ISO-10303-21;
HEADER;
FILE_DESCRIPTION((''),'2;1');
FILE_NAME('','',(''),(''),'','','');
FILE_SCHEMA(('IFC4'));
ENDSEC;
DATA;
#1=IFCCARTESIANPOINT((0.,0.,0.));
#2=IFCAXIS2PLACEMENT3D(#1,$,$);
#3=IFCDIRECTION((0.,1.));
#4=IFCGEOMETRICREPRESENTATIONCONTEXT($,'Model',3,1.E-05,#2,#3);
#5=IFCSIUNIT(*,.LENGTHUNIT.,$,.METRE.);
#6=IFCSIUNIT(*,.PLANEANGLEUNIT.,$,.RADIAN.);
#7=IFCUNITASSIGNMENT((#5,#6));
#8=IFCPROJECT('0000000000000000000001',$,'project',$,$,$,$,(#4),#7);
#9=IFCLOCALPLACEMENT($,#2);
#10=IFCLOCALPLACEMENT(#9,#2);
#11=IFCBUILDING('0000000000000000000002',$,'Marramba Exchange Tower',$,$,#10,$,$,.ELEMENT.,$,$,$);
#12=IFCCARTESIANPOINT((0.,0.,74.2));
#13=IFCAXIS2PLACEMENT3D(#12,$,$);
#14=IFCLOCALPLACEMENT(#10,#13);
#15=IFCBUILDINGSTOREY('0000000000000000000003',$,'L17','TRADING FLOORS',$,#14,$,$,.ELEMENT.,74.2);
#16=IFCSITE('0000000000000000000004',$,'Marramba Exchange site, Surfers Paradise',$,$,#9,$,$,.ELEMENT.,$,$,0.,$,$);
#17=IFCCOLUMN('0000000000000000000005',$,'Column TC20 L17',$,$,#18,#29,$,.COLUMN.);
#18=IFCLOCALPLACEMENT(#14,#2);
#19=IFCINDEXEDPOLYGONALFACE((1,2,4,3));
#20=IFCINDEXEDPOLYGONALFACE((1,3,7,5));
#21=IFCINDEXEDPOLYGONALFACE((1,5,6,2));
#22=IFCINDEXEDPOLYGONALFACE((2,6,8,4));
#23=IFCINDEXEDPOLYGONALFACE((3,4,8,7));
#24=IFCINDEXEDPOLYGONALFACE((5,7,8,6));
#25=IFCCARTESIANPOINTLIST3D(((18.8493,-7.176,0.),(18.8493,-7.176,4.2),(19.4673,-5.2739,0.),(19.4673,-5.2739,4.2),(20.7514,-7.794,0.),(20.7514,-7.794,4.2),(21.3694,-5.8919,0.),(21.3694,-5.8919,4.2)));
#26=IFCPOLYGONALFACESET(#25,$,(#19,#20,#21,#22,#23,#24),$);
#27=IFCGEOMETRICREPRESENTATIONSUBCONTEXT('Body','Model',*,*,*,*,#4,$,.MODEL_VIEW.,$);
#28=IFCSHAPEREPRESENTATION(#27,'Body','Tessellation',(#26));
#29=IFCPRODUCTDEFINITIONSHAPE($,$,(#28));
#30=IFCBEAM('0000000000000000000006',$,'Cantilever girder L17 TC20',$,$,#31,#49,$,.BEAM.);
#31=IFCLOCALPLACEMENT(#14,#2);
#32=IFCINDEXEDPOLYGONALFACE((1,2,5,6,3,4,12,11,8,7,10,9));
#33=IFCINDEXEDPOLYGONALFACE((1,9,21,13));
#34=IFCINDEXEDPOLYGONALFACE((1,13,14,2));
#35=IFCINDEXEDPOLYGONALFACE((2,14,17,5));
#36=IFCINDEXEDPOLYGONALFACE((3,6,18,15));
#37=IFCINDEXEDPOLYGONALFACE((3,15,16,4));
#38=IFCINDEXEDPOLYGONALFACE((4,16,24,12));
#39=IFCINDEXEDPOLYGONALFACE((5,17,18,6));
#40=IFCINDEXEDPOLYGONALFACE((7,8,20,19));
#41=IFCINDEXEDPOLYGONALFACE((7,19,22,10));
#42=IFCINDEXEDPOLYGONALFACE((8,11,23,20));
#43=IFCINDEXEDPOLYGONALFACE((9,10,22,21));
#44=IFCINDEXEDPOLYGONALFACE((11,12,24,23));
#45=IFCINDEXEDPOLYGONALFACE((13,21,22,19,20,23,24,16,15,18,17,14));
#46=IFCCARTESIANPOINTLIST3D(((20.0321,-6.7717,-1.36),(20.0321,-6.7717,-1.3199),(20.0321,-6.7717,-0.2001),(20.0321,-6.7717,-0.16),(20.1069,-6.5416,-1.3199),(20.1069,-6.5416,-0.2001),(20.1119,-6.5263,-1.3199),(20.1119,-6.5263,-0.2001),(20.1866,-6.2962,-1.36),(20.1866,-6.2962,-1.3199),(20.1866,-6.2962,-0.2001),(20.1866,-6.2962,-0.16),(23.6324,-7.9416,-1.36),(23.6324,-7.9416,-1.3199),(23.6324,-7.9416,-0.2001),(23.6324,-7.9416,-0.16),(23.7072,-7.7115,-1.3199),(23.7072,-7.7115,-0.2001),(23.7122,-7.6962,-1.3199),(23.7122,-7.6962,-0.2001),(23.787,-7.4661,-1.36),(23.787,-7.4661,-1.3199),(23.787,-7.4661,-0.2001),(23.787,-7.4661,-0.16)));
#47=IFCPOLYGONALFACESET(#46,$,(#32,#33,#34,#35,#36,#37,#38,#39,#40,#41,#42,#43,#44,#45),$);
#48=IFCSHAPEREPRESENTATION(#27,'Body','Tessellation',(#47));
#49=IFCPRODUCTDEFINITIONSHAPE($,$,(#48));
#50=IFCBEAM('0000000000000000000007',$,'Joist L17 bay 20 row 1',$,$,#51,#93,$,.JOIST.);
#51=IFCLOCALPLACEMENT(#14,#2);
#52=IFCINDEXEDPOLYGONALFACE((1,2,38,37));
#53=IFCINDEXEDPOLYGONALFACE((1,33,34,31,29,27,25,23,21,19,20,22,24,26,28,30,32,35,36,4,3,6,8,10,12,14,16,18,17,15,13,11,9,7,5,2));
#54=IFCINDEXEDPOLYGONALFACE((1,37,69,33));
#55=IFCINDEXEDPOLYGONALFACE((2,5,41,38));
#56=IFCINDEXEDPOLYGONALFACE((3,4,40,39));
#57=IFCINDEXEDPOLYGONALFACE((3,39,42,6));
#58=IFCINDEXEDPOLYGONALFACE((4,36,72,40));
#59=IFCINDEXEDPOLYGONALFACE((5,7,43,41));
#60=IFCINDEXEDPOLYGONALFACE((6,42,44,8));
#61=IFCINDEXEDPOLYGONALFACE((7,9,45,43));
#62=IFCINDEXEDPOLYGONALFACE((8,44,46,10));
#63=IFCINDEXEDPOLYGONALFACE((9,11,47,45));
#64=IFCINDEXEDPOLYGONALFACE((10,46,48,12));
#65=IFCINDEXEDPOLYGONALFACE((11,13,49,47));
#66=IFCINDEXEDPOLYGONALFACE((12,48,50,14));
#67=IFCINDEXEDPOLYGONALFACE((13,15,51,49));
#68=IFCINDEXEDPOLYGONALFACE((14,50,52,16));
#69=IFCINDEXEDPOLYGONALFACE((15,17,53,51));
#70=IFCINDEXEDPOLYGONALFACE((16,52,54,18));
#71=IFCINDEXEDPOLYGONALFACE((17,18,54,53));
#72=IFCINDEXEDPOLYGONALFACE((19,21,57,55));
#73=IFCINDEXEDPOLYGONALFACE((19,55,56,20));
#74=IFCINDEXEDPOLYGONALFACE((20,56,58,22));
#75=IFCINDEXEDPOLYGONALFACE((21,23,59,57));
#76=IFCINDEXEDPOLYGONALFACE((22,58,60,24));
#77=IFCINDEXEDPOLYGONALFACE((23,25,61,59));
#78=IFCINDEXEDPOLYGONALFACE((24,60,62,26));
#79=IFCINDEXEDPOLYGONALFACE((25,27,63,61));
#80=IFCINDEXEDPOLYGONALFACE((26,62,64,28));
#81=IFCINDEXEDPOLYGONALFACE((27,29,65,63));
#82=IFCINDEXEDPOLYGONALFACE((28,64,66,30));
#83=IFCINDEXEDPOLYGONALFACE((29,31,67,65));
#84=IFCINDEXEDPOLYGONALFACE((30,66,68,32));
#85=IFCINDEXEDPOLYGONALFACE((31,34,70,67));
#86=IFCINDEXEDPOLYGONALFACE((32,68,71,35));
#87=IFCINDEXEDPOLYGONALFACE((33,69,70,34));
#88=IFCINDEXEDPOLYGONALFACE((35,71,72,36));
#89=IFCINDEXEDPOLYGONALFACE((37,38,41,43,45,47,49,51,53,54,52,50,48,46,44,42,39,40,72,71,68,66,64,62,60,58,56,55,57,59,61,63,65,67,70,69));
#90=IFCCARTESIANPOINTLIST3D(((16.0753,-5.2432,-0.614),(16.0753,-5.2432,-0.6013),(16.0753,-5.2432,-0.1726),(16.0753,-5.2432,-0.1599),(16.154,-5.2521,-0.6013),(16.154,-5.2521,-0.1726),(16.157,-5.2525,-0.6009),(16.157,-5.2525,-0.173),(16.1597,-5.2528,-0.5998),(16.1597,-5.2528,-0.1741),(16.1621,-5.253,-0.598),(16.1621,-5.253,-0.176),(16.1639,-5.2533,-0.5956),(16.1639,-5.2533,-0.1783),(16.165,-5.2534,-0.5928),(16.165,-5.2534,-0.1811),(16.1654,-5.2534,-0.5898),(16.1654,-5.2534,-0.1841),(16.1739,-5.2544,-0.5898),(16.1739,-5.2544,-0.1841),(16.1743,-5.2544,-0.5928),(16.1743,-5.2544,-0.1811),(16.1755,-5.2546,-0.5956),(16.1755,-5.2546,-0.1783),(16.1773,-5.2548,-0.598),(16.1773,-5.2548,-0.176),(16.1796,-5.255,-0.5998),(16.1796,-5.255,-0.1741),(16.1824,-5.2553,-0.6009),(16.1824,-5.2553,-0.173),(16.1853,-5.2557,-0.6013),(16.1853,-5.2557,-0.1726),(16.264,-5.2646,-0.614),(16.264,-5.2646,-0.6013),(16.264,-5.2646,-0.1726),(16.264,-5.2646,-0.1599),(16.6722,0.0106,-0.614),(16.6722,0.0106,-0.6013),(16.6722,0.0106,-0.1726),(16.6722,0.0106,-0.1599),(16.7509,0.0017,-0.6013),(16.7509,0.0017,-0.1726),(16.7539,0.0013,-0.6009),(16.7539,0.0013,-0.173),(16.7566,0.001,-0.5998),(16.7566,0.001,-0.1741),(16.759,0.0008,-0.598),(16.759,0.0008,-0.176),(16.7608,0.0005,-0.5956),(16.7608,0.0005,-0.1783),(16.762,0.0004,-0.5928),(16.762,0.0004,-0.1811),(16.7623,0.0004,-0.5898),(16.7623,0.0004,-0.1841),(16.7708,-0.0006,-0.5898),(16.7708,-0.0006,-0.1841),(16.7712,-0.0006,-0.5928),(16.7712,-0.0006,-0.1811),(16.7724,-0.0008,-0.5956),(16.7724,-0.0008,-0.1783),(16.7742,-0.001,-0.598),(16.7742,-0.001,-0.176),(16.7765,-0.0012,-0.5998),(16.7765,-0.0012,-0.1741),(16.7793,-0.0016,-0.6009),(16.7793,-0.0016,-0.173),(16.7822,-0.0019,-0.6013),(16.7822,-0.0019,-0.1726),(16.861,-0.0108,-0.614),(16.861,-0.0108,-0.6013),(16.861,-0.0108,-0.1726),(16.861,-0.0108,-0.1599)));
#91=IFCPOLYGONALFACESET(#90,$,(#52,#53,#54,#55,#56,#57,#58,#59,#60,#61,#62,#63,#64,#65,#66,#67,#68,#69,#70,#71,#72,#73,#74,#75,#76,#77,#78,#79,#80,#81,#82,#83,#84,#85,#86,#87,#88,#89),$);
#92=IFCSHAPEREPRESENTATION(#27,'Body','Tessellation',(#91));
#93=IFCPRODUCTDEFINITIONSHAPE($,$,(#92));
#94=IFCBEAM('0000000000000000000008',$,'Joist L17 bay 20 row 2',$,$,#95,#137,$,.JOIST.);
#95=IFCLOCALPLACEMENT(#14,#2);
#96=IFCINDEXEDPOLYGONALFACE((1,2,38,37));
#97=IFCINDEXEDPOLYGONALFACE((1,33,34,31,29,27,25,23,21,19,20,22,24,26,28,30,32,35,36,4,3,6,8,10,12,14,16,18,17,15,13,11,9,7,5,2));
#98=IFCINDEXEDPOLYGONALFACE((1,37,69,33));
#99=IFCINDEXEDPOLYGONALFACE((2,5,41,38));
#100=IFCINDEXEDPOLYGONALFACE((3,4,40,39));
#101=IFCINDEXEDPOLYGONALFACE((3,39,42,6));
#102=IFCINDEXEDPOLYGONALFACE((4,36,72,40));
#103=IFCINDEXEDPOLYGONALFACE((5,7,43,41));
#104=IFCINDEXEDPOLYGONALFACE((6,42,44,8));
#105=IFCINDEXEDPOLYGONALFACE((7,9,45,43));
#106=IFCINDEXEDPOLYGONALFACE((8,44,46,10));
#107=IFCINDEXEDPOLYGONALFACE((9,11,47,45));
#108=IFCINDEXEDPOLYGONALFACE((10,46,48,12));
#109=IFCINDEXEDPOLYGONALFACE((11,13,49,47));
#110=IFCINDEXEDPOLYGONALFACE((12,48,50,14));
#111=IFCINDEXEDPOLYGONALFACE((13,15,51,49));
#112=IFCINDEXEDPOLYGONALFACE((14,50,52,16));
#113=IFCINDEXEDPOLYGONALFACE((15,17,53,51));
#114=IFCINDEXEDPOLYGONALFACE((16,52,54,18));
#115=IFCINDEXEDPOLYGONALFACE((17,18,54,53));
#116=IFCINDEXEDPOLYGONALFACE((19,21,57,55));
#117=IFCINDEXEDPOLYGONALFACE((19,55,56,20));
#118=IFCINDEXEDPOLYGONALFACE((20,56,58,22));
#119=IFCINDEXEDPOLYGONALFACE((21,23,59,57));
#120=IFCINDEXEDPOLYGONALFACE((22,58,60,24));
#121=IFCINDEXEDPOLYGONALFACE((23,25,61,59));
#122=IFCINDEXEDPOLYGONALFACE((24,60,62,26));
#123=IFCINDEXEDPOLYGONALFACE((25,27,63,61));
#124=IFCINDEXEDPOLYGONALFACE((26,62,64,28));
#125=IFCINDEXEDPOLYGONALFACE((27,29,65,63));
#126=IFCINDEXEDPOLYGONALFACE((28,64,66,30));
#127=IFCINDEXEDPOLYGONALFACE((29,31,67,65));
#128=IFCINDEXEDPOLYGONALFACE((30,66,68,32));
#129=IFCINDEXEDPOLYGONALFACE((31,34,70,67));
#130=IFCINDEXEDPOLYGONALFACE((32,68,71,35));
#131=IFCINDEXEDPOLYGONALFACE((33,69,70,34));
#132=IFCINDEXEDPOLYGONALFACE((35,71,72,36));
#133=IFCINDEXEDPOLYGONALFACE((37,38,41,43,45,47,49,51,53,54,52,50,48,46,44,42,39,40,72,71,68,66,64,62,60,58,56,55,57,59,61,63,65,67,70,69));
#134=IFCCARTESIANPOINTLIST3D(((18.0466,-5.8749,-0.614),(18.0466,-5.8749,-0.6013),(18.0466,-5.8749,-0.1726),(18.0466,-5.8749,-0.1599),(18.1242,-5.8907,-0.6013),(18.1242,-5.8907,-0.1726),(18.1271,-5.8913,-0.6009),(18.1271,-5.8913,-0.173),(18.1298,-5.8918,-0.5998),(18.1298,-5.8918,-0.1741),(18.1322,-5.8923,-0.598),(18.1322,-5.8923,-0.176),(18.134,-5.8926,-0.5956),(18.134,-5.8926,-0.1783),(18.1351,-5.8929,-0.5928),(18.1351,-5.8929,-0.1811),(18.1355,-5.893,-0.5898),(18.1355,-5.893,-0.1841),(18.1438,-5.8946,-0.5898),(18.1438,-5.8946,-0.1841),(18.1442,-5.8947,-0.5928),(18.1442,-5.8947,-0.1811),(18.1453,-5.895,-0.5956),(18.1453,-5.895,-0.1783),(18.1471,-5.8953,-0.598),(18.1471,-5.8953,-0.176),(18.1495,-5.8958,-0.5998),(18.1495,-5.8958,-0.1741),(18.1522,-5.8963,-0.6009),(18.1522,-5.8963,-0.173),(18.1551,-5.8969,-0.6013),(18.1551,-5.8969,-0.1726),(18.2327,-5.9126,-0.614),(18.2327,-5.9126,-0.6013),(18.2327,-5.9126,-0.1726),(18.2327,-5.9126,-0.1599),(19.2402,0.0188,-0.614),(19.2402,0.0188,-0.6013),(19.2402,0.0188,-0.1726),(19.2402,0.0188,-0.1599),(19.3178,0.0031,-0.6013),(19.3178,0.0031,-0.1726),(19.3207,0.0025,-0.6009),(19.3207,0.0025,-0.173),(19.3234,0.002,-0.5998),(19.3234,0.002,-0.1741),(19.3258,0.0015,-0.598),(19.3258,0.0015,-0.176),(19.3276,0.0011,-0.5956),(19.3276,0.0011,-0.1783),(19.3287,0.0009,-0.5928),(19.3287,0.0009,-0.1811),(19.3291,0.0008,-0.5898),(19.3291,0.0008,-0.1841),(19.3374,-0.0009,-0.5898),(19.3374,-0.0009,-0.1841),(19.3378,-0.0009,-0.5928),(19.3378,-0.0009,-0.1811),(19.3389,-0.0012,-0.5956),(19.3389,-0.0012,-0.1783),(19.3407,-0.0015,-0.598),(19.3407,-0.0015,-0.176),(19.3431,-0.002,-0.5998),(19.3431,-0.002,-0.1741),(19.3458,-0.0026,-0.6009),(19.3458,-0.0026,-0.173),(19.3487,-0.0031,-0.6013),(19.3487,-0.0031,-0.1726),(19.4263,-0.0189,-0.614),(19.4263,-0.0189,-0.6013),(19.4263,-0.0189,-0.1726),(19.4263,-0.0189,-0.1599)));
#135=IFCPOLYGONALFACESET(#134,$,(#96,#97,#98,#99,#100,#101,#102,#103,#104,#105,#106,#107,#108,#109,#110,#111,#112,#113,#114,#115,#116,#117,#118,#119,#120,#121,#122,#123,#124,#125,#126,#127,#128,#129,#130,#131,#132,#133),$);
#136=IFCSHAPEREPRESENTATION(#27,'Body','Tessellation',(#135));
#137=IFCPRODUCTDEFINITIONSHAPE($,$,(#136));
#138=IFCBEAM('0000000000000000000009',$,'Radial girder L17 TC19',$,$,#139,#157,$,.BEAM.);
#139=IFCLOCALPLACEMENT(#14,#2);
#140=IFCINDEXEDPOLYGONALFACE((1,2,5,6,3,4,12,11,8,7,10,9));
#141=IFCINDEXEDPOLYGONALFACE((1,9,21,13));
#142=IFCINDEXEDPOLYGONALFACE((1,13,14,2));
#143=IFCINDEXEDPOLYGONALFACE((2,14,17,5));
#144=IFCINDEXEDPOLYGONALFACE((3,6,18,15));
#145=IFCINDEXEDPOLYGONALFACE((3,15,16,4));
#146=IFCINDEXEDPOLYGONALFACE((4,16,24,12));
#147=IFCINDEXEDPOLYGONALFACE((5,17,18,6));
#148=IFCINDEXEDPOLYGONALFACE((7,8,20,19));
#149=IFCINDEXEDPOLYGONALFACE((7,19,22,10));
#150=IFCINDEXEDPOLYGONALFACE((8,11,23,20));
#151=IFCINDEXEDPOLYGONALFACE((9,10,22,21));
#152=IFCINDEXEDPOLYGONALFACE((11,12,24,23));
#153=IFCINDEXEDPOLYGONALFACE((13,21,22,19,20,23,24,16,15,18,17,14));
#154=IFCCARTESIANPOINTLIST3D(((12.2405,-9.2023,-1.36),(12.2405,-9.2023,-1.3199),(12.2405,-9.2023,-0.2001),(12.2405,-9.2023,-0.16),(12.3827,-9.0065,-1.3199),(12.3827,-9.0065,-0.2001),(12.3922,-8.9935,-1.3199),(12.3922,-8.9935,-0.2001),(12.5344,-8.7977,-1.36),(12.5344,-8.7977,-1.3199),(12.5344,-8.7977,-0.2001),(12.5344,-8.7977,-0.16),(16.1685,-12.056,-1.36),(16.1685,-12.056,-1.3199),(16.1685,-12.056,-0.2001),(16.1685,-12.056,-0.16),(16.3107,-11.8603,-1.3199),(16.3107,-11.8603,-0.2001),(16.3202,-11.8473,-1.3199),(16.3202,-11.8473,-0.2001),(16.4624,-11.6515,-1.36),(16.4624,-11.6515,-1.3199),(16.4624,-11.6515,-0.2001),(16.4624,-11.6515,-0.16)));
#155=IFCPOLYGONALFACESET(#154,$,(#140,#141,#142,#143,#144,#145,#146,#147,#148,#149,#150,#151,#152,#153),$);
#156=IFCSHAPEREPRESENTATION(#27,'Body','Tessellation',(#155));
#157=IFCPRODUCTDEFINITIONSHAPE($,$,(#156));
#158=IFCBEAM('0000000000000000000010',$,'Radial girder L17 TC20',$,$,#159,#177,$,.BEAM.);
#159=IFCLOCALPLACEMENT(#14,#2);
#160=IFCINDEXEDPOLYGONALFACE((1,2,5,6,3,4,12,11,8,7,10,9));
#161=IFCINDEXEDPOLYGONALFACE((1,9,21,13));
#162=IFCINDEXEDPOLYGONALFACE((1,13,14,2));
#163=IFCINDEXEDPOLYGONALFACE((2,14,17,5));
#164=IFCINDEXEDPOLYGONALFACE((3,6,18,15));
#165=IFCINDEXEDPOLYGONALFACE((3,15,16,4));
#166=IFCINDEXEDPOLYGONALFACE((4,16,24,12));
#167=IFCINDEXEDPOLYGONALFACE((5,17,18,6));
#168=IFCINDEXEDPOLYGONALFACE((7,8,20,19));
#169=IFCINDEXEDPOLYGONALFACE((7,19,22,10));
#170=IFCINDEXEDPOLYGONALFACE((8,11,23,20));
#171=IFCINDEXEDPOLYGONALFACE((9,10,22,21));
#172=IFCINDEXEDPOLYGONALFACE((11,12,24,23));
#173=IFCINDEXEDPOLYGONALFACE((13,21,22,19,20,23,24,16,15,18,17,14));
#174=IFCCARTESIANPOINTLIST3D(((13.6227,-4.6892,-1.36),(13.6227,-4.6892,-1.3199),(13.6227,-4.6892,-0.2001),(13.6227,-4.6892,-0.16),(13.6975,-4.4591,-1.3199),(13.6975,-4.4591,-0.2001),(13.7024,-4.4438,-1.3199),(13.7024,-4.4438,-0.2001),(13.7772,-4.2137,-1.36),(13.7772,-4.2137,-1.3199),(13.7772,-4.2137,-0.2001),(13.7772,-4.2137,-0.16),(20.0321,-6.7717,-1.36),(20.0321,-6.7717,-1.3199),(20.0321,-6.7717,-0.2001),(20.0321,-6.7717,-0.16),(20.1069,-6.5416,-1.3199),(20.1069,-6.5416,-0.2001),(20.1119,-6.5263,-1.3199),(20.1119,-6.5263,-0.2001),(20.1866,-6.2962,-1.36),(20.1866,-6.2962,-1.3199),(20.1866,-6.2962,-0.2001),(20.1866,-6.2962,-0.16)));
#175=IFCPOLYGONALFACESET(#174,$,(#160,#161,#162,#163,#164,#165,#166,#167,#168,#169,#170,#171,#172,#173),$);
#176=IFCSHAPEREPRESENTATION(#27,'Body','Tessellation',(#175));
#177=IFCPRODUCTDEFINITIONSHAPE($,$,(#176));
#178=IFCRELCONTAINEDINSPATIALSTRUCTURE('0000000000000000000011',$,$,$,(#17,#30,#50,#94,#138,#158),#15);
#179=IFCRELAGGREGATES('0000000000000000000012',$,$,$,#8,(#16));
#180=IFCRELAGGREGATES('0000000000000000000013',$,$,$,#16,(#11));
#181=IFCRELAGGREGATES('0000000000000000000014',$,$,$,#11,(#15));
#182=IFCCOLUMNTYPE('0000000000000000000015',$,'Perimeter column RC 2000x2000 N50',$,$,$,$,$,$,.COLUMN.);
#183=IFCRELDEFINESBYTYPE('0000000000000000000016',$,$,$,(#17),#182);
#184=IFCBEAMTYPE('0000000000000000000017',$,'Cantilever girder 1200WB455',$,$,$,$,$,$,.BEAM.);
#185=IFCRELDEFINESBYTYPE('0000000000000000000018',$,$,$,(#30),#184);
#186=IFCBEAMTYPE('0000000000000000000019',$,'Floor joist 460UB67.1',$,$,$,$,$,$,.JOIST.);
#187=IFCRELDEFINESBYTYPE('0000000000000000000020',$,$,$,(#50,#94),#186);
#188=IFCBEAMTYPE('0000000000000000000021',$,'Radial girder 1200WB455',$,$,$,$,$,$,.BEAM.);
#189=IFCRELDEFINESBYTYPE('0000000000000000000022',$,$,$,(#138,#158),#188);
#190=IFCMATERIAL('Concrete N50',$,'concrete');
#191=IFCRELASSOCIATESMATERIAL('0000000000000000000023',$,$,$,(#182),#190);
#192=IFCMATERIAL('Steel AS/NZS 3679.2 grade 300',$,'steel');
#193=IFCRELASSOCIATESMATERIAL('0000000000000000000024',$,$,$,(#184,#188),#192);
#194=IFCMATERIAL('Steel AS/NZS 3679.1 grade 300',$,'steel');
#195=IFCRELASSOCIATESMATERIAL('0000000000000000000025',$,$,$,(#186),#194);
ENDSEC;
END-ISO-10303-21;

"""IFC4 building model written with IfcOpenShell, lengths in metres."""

from ifc_helpers import new_model, si_unit, direction, frame, origin, origin_2d, place, context, subcontext, project, spatial, rectangle, i_section, extrude, material, material_profile, profile_set, type_object, element, save


model = new_model("IFC4")

# Units and contexts
model_context = context("Model", 3, precision=1e-05, world=origin(), true_north=direction((0.0, 1.0)))
body_context = subcontext(model_context, "Body", "Model", "MODEL_VIEW")
ifc_project = project(units=[si_unit("LENGTHUNIT", "METRE"), si_unit("PLANEANGLEUNIT", "RADIAN")], contexts=[model_context])

# Site, building, storey
site_placement = place(None, origin())
site = spatial("IfcSite", under=ifc_project, at=site_placement, Name="Marramba Exchange site, Surfers Paradise", CompositionType="ELEMENT", RefElevation=0.0)
building_placement = place(site_placement, origin())
building = spatial("IfcBuilding", under=site, at=building_placement, Name="Marramba Exchange Tower", CompositionType="ELEMENT")
storey_placement = place(building_placement, frame((0.0, 0.0, 74.2)))
storey = spatial("IfcBuildingStorey", under=building, at=storey_placement, Name="L17", Description="TRADING FLOORS", CompositionType="ELEMENT", Elevation=74.2)

# Column
ifc_material_1 = material(Name="Concrete N50", Category="concrete")
ifc_material_profile_1 = material_profile(ifc_material_1, rectangle(XDim=2.0, YDim=2.0, at=origin_2d()), Name="RC 2000x2000")
ifc_profile_set_1 = profile_set([ifc_material_profile_1], Name="Concrete N50")
column_type = type_object("IfcColumnType", Name="Perimeter column RC 2000x2000 N50", PredefinedType="COLUMN", material=ifc_profile_set_1)
column_placement = place(storey_placement, frame((20.1094, -6.5339, 0.0), z_axis=(0.0, 0.0, 1.0), x_axis=(0.951057, -0.309017, 0.0)))
element("IfcColumn", 1, at=column_placement, inside=storey, type_object=column_type, Name="Column TC20 L17", PredefinedType="COLUMN", context=body_context, shape_type="SweptSolid", body=[
    extrude(rectangle(XDim=2.0, YDim=2.0, at=origin_2d()), origin(), (0.0, 0.0, 1.0), 4.2),
])

# Beams
ifc_material_2 = material(Name="Steel AS/NZS 3679.2 grade 300", Category="steel")
ifc_material_profile_2 = material_profile(ifc_material_2, i_section(OverallWidth=0.5, OverallDepth=1.2, WebThickness=0.0161, FlangeThickness=0.04, at=origin_2d()), Name="1200WB455")
ifc_profile_set_2 = profile_set([ifc_material_profile_2], Name="Steel AS/NZS 3679.2 grade 300")
beam_type_1 = type_object("IfcBeamType", Name="Cantilever girder 1200WB455", PredefinedType="BEAM", material=ifc_profile_set_2)
beam_1_placement = place(storey_placement, frame((20.1094, -6.5339, -0.76), z_axis=(0.951049, -0.309041, 0.0), x_axis=(0.309041, 0.951049, 0.0)))
element("IfcBeam", 2, at=beam_1_placement, inside=storey, type_object=beam_type_1, Name="Cantilever girder L17 TC20", PredefinedType="BEAM", context=body_context, shape_type="SweptSolid", body=[
    extrude(i_section(OverallWidth=0.5, OverallDepth=1.2, WebThickness=0.0161, FlangeThickness=0.04, at=origin_2d()), origin(), (0.0, 0.0, 1.0), 3.7856),
])
ifc_material_3 = material(Name="Steel AS/NZS 3679.1 grade 300", Category="steel")
ifc_material_profile_3 = material_profile(ifc_material_3, i_section(OverallWidth=0.1899, OverallDepth=0.4541, WebThickness=0.0085, FlangeThickness=0.0127, FilletRadius=0.0115, at=origin_2d()), Name="460UB67.1")
ifc_profile_set_3 = profile_set([ifc_material_profile_3], Name="Steel AS/NZS 3679.1 grade 300")
beam_type_2 = type_object("IfcBeamType", Name="Floor joist 460UB67.1", PredefinedType="JOIST", material=ifc_profile_set_3)
beam_2_placement = place(storey_placement, frame((16.1697, -5.2539, -0.387), z_axis=(0.112889, 0.993608, 0.0), x_axis=(-0.993608, 0.112889, 0.0)))
element("IfcBeam", 3, at=beam_2_placement, inside=storey, type_object=beam_type_2, Name="Joist L17 bay 20 row 1", PredefinedType="JOIST", context=body_context, shape_type="SweptSolid", body=[
    extrude(i_section(OverallWidth=0.1899, OverallDepth=0.4541, WebThickness=0.0085, FlangeThickness=0.0127, FilletRadius=0.0115, at=origin_2d()), origin(), (0.0, 0.0, 1.0), 5.2876),
])
beam_3_placement = place(storey_placement, frame((18.1396, -5.8938, -0.387), z_axis=(0.198489, 0.980103, 0.0), x_axis=(-0.980103, 0.198489, 0.0)))
element("IfcBeam", 4, at=beam_3_placement, inside=storey, type_object=beam_type_2, Name="Joist L17 bay 20 row 2", PredefinedType="JOIST", context=body_context, shape_type="SweptSolid", body=[
    extrude(i_section(OverallWidth=0.1899, OverallDepth=0.4541, WebThickness=0.0085, FlangeThickness=0.0127, FilletRadius=0.0115, at=origin_2d()), origin(), (0.0, 0.0, 1.0), 6.0134),
])
ifc_material_profile_4 = material_profile(ifc_material_2, i_section(OverallWidth=0.5, OverallDepth=1.2, WebThickness=0.0161, FlangeThickness=0.04, at=origin_2d()), Name="1200WB455")
ifc_profile_set_4 = profile_set([ifc_material_profile_4], Name="Steel AS/NZS 3679.2 grade 300")
beam_type_3 = type_object("IfcBeamType", Name="Radial girder 1200WB455", PredefinedType="BEAM", material=ifc_profile_set_4)
beam_4_placement = place(storey_placement, frame((12.3875, -9.0, -0.76), z_axis=(0.809025, -0.587774, 0.0), x_axis=(0.587774, 0.809025, 0.0)))
element("IfcBeam", 5, at=beam_4_placement, inside=storey, type_object=beam_type_3, Name="Radial girder L17 TC19", PredefinedType="BEAM", context=body_context, shape_type="SweptSolid", body=[
    extrude(i_section(OverallWidth=0.5, OverallDepth=1.2, WebThickness=0.0161, FlangeThickness=0.04, at=origin_2d()), origin(), (0.0, 0.0, 1.0), 4.8552),
])
beam_5_placement = place(storey_placement, frame((13.7, -4.4514, -0.76), z_axis=(0.951058, -0.309013, 0.0), x_axis=(0.309013, 0.951058, 0.0)))
element("IfcBeam", 6, at=beam_5_placement, inside=storey, type_object=beam_type_3, Name="Radial girder L17 TC20", PredefinedType="BEAM", context=body_context, shape_type="SweptSolid", body=[
    extrude(i_section(OverallWidth=0.5, OverallDepth=1.2, WebThickness=0.0161, FlangeThickness=0.04, at=origin_2d()), origin(), (0.0, 0.0, 1.0), 6.7393),
])

save(model, "model.ifc")
